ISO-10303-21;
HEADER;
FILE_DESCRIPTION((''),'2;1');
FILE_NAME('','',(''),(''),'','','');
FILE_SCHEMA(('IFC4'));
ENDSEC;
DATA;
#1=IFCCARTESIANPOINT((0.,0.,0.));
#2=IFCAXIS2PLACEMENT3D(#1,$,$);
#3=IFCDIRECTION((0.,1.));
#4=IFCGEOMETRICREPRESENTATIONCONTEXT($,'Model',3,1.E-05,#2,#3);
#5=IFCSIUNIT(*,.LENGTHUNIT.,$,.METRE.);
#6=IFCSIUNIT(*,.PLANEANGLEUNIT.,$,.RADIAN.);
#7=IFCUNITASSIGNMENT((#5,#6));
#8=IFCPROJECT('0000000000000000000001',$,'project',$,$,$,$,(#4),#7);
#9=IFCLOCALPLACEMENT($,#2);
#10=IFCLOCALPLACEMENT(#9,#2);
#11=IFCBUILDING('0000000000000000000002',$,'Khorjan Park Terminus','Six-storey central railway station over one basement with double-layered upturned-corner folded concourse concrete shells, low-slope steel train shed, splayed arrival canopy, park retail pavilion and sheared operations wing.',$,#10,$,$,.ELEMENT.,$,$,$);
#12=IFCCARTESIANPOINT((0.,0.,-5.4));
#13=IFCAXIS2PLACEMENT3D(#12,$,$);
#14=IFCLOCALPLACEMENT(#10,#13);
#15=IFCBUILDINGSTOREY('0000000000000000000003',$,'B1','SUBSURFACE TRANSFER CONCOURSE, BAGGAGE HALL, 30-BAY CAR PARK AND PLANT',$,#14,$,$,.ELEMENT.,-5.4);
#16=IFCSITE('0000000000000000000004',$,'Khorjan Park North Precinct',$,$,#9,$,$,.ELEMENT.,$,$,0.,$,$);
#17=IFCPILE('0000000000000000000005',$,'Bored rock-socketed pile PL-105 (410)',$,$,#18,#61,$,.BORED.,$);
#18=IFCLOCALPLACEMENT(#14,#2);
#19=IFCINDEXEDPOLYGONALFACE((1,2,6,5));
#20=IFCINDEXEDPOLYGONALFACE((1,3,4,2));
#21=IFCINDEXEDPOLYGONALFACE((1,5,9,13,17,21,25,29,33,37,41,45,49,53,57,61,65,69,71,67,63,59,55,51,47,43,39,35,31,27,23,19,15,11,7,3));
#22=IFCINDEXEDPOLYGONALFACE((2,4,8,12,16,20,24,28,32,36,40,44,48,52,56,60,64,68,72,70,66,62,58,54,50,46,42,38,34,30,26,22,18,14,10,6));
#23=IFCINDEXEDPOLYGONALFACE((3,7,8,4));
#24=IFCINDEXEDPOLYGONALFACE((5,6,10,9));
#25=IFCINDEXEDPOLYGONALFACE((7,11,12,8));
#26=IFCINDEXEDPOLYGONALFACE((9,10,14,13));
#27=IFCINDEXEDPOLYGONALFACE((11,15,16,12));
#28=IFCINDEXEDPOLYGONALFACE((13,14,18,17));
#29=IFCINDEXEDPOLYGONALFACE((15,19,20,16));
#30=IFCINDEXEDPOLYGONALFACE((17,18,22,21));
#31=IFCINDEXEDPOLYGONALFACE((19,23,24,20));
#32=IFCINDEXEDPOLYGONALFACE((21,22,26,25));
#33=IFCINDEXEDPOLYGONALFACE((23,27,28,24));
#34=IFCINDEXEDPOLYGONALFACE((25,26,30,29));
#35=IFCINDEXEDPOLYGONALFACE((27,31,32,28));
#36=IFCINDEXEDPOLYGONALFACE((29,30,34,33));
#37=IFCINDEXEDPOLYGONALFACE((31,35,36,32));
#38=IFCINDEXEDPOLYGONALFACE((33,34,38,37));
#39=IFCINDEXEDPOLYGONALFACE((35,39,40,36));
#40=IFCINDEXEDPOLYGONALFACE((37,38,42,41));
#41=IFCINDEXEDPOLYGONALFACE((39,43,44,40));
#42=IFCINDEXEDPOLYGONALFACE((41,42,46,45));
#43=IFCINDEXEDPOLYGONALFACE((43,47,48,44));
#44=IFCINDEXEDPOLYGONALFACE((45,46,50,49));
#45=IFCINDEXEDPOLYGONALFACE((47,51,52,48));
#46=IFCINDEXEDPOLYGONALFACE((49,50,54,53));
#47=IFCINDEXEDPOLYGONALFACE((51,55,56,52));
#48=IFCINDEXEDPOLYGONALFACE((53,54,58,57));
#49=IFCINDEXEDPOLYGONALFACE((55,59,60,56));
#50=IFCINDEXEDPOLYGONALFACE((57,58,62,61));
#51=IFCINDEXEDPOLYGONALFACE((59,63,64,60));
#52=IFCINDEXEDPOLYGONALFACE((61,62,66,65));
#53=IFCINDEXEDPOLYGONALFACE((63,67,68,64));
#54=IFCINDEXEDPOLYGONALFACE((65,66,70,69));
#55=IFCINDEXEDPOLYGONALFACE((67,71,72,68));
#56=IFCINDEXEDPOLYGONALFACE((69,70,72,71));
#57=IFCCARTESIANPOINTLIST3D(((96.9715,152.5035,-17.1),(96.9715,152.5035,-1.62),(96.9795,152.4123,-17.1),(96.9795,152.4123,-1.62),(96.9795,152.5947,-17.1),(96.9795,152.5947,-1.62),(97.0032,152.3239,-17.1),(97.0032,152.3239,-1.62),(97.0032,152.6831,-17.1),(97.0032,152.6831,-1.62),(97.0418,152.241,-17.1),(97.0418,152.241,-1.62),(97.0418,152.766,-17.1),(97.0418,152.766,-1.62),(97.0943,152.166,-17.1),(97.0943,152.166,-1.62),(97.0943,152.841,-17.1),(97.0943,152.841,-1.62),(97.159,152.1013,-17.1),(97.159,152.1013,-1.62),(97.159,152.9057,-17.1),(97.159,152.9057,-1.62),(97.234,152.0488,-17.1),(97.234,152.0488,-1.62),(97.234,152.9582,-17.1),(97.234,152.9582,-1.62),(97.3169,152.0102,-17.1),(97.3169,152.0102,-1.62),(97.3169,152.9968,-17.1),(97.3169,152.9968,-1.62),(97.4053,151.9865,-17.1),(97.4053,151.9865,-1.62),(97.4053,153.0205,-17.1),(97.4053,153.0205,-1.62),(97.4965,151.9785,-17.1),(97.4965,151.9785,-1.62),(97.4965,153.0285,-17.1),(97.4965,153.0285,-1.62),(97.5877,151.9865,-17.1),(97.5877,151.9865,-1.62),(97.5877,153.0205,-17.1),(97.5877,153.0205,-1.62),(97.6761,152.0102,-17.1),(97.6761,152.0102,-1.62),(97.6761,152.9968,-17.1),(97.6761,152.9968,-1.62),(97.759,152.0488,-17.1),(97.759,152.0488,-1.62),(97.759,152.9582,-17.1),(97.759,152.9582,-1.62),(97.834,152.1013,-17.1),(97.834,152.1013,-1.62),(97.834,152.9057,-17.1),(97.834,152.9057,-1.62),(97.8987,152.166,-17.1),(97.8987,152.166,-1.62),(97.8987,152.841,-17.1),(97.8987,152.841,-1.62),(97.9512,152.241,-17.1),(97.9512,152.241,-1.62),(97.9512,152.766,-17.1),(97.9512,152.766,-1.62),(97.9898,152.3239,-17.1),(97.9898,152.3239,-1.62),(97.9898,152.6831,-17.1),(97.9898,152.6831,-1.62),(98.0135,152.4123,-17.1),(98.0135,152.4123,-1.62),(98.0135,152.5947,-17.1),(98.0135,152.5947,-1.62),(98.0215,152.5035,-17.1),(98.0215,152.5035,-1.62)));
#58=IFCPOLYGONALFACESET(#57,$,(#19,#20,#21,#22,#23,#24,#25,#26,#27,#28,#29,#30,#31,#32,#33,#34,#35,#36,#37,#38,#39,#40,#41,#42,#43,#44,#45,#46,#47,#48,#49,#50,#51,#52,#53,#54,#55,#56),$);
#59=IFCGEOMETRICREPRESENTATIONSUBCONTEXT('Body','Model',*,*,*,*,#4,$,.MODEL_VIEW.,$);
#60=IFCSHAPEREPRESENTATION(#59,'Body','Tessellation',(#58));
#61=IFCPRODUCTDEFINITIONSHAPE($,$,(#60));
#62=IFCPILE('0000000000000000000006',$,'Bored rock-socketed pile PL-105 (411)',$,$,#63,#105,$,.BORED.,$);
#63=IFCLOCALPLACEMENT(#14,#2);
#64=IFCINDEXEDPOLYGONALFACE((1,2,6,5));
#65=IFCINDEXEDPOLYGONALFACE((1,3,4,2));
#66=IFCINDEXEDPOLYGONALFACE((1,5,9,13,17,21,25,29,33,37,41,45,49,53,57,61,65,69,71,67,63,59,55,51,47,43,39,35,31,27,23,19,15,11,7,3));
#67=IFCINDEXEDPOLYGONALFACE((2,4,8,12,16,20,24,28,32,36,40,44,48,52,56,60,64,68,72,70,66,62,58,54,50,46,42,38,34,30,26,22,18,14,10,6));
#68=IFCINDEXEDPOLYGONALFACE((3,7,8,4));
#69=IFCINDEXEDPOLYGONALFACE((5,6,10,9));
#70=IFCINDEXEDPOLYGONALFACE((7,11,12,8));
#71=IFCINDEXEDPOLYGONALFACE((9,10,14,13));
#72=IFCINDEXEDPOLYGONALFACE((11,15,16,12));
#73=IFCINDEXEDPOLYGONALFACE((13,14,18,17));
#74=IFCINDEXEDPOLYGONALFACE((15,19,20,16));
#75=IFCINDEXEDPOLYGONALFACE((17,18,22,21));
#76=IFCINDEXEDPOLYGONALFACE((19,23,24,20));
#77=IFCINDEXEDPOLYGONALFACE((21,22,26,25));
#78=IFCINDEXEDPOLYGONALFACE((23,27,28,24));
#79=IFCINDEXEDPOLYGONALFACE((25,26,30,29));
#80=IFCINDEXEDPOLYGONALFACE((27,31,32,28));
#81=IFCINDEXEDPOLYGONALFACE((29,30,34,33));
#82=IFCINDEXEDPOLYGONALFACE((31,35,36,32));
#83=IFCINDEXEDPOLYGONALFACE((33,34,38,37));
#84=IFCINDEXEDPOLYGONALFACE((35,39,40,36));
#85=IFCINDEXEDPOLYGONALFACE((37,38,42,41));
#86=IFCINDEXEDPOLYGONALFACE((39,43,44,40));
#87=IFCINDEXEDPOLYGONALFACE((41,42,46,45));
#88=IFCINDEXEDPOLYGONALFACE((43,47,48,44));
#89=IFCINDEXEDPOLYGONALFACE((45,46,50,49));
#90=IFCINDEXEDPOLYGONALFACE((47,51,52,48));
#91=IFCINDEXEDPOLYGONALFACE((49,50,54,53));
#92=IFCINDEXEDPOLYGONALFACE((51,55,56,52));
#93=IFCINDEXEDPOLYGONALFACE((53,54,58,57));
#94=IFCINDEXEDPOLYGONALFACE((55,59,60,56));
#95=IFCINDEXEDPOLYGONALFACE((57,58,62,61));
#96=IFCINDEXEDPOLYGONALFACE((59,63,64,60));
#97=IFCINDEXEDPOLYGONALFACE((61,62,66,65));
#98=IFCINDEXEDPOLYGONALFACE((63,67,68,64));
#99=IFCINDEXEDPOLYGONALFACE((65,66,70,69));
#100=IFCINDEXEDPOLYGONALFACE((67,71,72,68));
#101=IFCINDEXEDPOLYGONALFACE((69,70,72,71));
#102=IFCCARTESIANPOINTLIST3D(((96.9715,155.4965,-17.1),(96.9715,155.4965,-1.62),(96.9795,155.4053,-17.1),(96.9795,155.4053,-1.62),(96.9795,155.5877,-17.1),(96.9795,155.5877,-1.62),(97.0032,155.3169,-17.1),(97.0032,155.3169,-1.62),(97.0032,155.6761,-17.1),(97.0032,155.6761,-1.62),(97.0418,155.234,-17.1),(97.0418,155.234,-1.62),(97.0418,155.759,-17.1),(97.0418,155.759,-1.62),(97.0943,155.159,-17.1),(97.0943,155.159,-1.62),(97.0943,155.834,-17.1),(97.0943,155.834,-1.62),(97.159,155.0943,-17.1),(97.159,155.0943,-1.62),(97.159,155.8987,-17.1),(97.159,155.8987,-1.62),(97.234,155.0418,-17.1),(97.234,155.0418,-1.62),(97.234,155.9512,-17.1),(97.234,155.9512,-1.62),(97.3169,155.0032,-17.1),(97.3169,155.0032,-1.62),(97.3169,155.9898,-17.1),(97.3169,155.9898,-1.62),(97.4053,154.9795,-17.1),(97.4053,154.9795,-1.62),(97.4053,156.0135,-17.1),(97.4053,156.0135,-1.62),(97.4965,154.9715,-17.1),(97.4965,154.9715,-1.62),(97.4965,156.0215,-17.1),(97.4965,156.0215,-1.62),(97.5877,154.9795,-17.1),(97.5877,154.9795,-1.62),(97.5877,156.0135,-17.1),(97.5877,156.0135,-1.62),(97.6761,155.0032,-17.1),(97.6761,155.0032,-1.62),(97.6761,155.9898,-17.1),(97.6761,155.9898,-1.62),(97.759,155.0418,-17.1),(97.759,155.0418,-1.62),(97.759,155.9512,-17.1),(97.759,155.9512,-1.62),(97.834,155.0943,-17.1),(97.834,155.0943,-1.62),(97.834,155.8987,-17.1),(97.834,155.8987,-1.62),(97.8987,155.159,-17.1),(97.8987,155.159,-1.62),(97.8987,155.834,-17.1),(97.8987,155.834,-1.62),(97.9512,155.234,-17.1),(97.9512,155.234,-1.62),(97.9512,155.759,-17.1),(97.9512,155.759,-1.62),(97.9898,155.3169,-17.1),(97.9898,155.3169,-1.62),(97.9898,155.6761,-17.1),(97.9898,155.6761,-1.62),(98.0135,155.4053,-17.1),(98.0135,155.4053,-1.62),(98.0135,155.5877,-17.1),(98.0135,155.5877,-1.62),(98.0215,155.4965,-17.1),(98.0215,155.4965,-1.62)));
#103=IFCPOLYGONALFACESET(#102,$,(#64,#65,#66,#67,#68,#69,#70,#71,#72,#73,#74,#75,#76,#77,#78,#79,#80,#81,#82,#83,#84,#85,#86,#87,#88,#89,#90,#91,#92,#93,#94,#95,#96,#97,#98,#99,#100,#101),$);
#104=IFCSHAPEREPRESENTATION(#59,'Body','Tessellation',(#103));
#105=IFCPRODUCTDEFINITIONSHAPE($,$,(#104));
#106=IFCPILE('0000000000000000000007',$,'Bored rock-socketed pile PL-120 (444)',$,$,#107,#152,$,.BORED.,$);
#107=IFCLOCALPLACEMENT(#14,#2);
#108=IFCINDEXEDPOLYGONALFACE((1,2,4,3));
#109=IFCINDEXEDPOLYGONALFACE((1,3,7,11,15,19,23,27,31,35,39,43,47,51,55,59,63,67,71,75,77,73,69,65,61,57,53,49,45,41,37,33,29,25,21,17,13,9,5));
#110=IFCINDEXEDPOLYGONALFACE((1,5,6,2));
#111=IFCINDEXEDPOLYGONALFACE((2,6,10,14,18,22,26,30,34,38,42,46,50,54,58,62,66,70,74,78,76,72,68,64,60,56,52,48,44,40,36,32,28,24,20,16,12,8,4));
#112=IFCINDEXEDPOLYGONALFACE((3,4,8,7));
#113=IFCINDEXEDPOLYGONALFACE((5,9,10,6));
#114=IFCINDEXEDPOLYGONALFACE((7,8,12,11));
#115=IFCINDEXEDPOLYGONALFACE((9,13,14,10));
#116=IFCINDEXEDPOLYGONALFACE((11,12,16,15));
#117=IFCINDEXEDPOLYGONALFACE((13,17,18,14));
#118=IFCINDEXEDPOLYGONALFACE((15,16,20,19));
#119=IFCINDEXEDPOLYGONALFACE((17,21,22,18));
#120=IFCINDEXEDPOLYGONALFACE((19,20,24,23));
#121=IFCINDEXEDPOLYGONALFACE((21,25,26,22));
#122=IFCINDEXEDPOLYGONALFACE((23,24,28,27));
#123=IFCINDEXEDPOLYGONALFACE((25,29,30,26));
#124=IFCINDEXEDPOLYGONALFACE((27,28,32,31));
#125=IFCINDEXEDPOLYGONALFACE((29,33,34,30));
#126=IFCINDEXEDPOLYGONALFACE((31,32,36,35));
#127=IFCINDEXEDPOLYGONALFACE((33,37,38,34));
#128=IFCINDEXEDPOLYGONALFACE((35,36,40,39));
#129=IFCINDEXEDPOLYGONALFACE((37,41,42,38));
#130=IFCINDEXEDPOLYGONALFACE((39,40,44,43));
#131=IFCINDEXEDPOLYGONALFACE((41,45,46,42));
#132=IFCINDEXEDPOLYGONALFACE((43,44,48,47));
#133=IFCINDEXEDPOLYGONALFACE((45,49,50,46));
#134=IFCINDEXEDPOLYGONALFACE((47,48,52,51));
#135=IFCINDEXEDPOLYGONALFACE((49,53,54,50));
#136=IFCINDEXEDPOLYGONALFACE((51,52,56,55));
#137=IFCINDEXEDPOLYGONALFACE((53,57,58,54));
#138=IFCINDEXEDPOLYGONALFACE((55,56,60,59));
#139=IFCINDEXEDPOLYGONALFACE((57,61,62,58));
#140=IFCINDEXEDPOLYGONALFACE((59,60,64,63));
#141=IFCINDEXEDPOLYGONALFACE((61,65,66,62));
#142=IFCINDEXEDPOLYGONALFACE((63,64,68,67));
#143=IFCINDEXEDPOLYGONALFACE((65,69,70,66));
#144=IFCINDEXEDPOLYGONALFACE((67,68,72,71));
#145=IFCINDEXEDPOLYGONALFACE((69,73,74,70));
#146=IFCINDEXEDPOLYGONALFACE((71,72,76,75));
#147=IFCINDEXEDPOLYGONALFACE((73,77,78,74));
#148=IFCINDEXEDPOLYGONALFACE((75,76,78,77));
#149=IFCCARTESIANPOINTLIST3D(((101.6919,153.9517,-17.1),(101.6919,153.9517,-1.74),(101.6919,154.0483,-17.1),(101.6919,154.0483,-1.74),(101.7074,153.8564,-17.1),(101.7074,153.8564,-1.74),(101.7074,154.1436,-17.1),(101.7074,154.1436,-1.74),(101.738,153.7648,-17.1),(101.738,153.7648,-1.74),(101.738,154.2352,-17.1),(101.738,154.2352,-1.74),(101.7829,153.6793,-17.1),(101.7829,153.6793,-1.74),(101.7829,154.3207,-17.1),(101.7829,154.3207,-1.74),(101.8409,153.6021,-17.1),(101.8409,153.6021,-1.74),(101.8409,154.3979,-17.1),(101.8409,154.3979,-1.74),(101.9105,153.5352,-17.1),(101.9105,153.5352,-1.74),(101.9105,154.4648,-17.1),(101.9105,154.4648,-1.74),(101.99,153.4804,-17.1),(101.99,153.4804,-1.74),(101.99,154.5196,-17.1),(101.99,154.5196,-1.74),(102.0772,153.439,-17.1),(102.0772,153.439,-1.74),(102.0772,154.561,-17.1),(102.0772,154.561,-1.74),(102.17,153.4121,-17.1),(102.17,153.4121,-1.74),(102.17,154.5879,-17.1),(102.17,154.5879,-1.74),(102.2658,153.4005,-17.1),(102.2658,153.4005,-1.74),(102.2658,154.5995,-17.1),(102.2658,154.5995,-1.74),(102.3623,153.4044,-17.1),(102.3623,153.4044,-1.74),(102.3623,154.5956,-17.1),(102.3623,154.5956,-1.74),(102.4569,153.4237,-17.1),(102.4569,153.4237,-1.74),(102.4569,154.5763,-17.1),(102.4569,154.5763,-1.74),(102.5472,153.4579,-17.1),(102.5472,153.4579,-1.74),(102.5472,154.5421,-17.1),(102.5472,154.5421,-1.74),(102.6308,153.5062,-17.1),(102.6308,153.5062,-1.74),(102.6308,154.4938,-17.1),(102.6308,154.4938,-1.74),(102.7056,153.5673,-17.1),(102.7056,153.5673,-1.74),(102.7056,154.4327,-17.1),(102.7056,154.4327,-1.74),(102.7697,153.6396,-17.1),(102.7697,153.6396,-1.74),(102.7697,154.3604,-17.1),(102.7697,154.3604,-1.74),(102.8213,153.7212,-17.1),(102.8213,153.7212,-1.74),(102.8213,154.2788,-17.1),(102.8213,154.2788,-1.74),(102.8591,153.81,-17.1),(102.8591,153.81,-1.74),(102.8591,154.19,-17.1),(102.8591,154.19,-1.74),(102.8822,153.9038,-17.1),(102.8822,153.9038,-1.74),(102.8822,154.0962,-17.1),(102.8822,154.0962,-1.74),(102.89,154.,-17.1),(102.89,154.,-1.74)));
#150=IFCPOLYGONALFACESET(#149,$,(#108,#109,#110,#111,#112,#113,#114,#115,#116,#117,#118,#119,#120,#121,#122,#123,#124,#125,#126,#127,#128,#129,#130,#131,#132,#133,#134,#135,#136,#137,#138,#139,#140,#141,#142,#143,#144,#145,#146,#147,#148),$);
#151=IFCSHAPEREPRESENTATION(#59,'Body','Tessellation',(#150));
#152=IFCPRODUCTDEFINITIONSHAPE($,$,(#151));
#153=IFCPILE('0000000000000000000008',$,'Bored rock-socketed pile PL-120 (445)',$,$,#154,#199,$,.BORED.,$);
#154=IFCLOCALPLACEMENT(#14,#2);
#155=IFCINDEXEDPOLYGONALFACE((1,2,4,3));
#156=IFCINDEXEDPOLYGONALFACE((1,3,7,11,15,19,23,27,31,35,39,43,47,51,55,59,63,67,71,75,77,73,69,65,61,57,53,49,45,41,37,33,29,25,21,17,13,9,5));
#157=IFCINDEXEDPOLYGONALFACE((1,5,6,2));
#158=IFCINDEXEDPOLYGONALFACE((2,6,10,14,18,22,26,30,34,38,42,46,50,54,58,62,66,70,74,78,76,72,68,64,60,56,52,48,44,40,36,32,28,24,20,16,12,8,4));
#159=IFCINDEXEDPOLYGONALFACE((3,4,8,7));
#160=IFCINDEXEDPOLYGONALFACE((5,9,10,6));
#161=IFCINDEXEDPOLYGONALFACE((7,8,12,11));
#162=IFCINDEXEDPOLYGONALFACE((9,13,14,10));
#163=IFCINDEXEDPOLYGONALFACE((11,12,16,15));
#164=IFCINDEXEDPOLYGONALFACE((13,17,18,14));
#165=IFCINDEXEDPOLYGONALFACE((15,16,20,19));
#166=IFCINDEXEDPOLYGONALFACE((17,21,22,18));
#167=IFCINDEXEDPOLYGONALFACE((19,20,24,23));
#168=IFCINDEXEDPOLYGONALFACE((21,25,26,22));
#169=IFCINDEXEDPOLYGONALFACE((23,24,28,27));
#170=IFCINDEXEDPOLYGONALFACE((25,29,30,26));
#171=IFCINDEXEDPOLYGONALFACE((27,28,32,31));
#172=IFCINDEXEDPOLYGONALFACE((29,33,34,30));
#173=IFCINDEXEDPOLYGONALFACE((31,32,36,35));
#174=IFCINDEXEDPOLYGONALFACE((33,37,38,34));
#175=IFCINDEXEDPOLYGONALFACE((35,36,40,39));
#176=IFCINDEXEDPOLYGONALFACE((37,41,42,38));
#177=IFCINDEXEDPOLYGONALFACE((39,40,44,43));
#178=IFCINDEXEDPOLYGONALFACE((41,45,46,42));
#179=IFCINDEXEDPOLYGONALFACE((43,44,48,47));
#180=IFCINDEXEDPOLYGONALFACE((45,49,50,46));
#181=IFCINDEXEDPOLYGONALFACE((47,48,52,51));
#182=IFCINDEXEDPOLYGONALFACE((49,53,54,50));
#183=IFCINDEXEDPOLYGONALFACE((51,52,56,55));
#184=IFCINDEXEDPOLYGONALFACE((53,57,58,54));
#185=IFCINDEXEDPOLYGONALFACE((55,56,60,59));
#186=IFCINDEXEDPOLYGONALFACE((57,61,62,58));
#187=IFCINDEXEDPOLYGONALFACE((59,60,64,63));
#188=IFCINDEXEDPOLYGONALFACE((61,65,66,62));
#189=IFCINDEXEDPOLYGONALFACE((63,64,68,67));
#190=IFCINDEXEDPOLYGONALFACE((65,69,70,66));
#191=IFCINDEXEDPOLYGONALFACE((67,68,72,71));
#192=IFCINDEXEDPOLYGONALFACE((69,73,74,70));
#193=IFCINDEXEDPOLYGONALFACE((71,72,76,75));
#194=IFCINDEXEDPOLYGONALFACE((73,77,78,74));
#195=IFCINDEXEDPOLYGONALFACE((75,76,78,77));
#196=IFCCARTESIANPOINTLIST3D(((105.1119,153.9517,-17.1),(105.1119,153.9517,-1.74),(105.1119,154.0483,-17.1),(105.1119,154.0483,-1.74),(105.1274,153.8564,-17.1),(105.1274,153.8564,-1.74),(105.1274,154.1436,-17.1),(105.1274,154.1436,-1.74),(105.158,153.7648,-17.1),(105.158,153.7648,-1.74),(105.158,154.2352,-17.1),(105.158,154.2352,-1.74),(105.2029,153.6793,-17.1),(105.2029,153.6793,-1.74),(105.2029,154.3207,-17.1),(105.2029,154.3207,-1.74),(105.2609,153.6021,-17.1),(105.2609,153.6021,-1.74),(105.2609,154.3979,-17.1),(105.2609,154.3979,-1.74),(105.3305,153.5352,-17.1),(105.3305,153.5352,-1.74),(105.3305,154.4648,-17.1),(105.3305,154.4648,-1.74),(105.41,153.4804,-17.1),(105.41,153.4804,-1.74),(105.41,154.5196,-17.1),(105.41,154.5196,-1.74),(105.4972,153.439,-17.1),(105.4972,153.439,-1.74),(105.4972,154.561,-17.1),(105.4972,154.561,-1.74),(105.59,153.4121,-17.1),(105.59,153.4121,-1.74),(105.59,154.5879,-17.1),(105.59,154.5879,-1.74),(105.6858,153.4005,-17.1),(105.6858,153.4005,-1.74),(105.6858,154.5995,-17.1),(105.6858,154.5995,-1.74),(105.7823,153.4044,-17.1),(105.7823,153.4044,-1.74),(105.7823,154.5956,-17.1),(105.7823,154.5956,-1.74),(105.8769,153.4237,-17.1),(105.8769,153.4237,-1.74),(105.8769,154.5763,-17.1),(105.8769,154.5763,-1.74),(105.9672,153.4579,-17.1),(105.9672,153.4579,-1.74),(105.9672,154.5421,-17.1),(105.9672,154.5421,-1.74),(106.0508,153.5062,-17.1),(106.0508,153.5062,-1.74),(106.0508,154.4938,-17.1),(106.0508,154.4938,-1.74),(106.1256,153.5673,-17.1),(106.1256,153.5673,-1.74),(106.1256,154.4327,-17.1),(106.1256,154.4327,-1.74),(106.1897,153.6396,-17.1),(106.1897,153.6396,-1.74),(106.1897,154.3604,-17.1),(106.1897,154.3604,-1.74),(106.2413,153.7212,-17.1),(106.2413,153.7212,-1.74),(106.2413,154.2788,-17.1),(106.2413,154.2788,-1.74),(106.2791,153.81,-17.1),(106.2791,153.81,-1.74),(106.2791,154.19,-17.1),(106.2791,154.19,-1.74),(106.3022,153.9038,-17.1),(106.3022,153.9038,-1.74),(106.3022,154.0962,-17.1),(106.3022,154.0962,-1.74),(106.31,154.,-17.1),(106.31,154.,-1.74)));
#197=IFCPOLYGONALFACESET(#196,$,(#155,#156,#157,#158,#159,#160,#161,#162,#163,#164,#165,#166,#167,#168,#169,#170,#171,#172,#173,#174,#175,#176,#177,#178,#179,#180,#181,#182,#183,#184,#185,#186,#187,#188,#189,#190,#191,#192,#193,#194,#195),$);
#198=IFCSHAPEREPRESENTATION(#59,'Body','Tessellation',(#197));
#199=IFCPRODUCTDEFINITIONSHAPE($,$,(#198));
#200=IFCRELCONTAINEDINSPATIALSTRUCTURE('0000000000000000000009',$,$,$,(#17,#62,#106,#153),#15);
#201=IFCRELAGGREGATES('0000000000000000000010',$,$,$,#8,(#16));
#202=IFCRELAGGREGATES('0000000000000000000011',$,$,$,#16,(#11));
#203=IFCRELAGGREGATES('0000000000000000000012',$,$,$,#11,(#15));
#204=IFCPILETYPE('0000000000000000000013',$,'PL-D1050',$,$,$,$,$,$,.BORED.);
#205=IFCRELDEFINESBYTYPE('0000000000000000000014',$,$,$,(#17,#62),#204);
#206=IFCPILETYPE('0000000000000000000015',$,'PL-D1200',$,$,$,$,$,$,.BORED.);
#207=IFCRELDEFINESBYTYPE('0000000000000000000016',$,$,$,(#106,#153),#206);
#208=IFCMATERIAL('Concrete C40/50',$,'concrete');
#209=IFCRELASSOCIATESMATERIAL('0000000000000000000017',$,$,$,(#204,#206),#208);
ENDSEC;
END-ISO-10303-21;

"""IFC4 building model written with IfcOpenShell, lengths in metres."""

from ifc_helpers import new_model, si_unit, direction, frame, origin, origin_2d, place, context, subcontext, project, spatial, circle, extrude, material, material_profile, profile_set, type_object, element, save


model = new_model("IFC4")

# Units and contexts
model_context = context("Model", 3, precision=1e-05, world=origin(), true_north=direction((0.0, 1.0)))
body_context = subcontext(model_context, "Body", "Model", "MODEL_VIEW")
ifc_project = project(units=[si_unit("LENGTHUNIT", "METRE"), si_unit("PLANEANGLEUNIT", "RADIAN")], contexts=[model_context])

# Site, building, storey
site_placement = place(None, origin())
site = spatial("IfcSite", under=ifc_project, at=site_placement, Name="Khorjan Park North Precinct", CompositionType="ELEMENT", RefElevation=0.0)
building_placement = place(site_placement, origin())
building = spatial("IfcBuilding", under=site, at=building_placement, Name="Khorjan Park Terminus", Description="Six-storey central railway station over one basement with double-layered upturned-corner folded concourse concrete shells, low-slope steel train shed, splayed arrival canopy, park retail pavilion and sheared operations wing.", CompositionType="ELEMENT")
storey_placement = place(building_placement, frame((0.0, 0.0, -5.4)))
storey = spatial("IfcBuildingStorey", under=building, at=storey_placement, Name="B1", Description="SUBSURFACE TRANSFER CONCOURSE, BAGGAGE HALL, 30-BAY CAR PARK AND PLANT", CompositionType="ELEMENT", Elevation=-5.4)

# Shared definitions
ifc_material_1 = material(Name="Concrete C40/50", Category="concrete")

# Piles
ifc_material_profile_1 = material_profile(ifc_material_1, circle(Radius=0.525, at=origin_2d()), Name="BORED D1050")
ifc_profile_set_1 = profile_set([ifc_material_profile_1], Name="Concrete C40/50")
pile_type_1 = type_object("IfcPileType", Name="PL-D1050", PredefinedType="BORED", material=ifc_profile_set_1)
for number, where, z_axis, x_axis, name in (
    (1, (97.4965, 152.5035, -1.62), (0.0, 0.0, -1.0), (1.0, 0.0, 0.0), "Bored rock-socketed pile PL-105 (410)"),
    (2, (97.4965, 155.4965, -1.62), (0.0, 0.0, -1.0), (1.0, 0.0, 0.0), "Bored rock-socketed pile PL-105 (411)"),
):
    element("IfcPile", number, at=place(storey_placement, frame(where, z_axis=z_axis, x_axis=x_axis)), inside=storey, type_object=pile_type_1, Name=name, PredefinedType="BORED", context=body_context, shape_type="SweptSolid", body=[
        extrude(circle(Radius=0.525, at=origin_2d()), origin(), (0.0, 0.0, 1.0), 15.48),
    ])
ifc_material_profile_2 = material_profile(ifc_material_1, circle(Radius=0.6, at=origin_2d()), Name="BORED D1200")
ifc_profile_set_2 = profile_set([ifc_material_profile_2], Name="Concrete C40/50")
pile_type_2 = type_object("IfcPileType", Name="PL-D1200", PredefinedType="BORED", material=ifc_profile_set_2)
for number, where, z_axis, x_axis, name in (
    (3, (102.29, 154.0, -1.74), (0.0, 0.0, -1.0), (1.0, 0.0, 0.0), "Bored rock-socketed pile PL-120 (444)"),
    (4, (105.71, 154.0, -1.74), (0.0, 0.0, -1.0), (1.0, 0.0, 0.0), "Bored rock-socketed pile PL-120 (445)"),
):
    element("IfcPile", number, at=place(storey_placement, frame(where, z_axis=z_axis, x_axis=x_axis)), inside=storey, type_object=pile_type_2, Name=name, PredefinedType="BORED", context=body_context, shape_type="SweptSolid", body=[
        extrude(circle(Radius=0.6, at=origin_2d()), origin(), (0.0, 0.0, 1.0), 15.36),
    ])

save(model, "model.ifc")
